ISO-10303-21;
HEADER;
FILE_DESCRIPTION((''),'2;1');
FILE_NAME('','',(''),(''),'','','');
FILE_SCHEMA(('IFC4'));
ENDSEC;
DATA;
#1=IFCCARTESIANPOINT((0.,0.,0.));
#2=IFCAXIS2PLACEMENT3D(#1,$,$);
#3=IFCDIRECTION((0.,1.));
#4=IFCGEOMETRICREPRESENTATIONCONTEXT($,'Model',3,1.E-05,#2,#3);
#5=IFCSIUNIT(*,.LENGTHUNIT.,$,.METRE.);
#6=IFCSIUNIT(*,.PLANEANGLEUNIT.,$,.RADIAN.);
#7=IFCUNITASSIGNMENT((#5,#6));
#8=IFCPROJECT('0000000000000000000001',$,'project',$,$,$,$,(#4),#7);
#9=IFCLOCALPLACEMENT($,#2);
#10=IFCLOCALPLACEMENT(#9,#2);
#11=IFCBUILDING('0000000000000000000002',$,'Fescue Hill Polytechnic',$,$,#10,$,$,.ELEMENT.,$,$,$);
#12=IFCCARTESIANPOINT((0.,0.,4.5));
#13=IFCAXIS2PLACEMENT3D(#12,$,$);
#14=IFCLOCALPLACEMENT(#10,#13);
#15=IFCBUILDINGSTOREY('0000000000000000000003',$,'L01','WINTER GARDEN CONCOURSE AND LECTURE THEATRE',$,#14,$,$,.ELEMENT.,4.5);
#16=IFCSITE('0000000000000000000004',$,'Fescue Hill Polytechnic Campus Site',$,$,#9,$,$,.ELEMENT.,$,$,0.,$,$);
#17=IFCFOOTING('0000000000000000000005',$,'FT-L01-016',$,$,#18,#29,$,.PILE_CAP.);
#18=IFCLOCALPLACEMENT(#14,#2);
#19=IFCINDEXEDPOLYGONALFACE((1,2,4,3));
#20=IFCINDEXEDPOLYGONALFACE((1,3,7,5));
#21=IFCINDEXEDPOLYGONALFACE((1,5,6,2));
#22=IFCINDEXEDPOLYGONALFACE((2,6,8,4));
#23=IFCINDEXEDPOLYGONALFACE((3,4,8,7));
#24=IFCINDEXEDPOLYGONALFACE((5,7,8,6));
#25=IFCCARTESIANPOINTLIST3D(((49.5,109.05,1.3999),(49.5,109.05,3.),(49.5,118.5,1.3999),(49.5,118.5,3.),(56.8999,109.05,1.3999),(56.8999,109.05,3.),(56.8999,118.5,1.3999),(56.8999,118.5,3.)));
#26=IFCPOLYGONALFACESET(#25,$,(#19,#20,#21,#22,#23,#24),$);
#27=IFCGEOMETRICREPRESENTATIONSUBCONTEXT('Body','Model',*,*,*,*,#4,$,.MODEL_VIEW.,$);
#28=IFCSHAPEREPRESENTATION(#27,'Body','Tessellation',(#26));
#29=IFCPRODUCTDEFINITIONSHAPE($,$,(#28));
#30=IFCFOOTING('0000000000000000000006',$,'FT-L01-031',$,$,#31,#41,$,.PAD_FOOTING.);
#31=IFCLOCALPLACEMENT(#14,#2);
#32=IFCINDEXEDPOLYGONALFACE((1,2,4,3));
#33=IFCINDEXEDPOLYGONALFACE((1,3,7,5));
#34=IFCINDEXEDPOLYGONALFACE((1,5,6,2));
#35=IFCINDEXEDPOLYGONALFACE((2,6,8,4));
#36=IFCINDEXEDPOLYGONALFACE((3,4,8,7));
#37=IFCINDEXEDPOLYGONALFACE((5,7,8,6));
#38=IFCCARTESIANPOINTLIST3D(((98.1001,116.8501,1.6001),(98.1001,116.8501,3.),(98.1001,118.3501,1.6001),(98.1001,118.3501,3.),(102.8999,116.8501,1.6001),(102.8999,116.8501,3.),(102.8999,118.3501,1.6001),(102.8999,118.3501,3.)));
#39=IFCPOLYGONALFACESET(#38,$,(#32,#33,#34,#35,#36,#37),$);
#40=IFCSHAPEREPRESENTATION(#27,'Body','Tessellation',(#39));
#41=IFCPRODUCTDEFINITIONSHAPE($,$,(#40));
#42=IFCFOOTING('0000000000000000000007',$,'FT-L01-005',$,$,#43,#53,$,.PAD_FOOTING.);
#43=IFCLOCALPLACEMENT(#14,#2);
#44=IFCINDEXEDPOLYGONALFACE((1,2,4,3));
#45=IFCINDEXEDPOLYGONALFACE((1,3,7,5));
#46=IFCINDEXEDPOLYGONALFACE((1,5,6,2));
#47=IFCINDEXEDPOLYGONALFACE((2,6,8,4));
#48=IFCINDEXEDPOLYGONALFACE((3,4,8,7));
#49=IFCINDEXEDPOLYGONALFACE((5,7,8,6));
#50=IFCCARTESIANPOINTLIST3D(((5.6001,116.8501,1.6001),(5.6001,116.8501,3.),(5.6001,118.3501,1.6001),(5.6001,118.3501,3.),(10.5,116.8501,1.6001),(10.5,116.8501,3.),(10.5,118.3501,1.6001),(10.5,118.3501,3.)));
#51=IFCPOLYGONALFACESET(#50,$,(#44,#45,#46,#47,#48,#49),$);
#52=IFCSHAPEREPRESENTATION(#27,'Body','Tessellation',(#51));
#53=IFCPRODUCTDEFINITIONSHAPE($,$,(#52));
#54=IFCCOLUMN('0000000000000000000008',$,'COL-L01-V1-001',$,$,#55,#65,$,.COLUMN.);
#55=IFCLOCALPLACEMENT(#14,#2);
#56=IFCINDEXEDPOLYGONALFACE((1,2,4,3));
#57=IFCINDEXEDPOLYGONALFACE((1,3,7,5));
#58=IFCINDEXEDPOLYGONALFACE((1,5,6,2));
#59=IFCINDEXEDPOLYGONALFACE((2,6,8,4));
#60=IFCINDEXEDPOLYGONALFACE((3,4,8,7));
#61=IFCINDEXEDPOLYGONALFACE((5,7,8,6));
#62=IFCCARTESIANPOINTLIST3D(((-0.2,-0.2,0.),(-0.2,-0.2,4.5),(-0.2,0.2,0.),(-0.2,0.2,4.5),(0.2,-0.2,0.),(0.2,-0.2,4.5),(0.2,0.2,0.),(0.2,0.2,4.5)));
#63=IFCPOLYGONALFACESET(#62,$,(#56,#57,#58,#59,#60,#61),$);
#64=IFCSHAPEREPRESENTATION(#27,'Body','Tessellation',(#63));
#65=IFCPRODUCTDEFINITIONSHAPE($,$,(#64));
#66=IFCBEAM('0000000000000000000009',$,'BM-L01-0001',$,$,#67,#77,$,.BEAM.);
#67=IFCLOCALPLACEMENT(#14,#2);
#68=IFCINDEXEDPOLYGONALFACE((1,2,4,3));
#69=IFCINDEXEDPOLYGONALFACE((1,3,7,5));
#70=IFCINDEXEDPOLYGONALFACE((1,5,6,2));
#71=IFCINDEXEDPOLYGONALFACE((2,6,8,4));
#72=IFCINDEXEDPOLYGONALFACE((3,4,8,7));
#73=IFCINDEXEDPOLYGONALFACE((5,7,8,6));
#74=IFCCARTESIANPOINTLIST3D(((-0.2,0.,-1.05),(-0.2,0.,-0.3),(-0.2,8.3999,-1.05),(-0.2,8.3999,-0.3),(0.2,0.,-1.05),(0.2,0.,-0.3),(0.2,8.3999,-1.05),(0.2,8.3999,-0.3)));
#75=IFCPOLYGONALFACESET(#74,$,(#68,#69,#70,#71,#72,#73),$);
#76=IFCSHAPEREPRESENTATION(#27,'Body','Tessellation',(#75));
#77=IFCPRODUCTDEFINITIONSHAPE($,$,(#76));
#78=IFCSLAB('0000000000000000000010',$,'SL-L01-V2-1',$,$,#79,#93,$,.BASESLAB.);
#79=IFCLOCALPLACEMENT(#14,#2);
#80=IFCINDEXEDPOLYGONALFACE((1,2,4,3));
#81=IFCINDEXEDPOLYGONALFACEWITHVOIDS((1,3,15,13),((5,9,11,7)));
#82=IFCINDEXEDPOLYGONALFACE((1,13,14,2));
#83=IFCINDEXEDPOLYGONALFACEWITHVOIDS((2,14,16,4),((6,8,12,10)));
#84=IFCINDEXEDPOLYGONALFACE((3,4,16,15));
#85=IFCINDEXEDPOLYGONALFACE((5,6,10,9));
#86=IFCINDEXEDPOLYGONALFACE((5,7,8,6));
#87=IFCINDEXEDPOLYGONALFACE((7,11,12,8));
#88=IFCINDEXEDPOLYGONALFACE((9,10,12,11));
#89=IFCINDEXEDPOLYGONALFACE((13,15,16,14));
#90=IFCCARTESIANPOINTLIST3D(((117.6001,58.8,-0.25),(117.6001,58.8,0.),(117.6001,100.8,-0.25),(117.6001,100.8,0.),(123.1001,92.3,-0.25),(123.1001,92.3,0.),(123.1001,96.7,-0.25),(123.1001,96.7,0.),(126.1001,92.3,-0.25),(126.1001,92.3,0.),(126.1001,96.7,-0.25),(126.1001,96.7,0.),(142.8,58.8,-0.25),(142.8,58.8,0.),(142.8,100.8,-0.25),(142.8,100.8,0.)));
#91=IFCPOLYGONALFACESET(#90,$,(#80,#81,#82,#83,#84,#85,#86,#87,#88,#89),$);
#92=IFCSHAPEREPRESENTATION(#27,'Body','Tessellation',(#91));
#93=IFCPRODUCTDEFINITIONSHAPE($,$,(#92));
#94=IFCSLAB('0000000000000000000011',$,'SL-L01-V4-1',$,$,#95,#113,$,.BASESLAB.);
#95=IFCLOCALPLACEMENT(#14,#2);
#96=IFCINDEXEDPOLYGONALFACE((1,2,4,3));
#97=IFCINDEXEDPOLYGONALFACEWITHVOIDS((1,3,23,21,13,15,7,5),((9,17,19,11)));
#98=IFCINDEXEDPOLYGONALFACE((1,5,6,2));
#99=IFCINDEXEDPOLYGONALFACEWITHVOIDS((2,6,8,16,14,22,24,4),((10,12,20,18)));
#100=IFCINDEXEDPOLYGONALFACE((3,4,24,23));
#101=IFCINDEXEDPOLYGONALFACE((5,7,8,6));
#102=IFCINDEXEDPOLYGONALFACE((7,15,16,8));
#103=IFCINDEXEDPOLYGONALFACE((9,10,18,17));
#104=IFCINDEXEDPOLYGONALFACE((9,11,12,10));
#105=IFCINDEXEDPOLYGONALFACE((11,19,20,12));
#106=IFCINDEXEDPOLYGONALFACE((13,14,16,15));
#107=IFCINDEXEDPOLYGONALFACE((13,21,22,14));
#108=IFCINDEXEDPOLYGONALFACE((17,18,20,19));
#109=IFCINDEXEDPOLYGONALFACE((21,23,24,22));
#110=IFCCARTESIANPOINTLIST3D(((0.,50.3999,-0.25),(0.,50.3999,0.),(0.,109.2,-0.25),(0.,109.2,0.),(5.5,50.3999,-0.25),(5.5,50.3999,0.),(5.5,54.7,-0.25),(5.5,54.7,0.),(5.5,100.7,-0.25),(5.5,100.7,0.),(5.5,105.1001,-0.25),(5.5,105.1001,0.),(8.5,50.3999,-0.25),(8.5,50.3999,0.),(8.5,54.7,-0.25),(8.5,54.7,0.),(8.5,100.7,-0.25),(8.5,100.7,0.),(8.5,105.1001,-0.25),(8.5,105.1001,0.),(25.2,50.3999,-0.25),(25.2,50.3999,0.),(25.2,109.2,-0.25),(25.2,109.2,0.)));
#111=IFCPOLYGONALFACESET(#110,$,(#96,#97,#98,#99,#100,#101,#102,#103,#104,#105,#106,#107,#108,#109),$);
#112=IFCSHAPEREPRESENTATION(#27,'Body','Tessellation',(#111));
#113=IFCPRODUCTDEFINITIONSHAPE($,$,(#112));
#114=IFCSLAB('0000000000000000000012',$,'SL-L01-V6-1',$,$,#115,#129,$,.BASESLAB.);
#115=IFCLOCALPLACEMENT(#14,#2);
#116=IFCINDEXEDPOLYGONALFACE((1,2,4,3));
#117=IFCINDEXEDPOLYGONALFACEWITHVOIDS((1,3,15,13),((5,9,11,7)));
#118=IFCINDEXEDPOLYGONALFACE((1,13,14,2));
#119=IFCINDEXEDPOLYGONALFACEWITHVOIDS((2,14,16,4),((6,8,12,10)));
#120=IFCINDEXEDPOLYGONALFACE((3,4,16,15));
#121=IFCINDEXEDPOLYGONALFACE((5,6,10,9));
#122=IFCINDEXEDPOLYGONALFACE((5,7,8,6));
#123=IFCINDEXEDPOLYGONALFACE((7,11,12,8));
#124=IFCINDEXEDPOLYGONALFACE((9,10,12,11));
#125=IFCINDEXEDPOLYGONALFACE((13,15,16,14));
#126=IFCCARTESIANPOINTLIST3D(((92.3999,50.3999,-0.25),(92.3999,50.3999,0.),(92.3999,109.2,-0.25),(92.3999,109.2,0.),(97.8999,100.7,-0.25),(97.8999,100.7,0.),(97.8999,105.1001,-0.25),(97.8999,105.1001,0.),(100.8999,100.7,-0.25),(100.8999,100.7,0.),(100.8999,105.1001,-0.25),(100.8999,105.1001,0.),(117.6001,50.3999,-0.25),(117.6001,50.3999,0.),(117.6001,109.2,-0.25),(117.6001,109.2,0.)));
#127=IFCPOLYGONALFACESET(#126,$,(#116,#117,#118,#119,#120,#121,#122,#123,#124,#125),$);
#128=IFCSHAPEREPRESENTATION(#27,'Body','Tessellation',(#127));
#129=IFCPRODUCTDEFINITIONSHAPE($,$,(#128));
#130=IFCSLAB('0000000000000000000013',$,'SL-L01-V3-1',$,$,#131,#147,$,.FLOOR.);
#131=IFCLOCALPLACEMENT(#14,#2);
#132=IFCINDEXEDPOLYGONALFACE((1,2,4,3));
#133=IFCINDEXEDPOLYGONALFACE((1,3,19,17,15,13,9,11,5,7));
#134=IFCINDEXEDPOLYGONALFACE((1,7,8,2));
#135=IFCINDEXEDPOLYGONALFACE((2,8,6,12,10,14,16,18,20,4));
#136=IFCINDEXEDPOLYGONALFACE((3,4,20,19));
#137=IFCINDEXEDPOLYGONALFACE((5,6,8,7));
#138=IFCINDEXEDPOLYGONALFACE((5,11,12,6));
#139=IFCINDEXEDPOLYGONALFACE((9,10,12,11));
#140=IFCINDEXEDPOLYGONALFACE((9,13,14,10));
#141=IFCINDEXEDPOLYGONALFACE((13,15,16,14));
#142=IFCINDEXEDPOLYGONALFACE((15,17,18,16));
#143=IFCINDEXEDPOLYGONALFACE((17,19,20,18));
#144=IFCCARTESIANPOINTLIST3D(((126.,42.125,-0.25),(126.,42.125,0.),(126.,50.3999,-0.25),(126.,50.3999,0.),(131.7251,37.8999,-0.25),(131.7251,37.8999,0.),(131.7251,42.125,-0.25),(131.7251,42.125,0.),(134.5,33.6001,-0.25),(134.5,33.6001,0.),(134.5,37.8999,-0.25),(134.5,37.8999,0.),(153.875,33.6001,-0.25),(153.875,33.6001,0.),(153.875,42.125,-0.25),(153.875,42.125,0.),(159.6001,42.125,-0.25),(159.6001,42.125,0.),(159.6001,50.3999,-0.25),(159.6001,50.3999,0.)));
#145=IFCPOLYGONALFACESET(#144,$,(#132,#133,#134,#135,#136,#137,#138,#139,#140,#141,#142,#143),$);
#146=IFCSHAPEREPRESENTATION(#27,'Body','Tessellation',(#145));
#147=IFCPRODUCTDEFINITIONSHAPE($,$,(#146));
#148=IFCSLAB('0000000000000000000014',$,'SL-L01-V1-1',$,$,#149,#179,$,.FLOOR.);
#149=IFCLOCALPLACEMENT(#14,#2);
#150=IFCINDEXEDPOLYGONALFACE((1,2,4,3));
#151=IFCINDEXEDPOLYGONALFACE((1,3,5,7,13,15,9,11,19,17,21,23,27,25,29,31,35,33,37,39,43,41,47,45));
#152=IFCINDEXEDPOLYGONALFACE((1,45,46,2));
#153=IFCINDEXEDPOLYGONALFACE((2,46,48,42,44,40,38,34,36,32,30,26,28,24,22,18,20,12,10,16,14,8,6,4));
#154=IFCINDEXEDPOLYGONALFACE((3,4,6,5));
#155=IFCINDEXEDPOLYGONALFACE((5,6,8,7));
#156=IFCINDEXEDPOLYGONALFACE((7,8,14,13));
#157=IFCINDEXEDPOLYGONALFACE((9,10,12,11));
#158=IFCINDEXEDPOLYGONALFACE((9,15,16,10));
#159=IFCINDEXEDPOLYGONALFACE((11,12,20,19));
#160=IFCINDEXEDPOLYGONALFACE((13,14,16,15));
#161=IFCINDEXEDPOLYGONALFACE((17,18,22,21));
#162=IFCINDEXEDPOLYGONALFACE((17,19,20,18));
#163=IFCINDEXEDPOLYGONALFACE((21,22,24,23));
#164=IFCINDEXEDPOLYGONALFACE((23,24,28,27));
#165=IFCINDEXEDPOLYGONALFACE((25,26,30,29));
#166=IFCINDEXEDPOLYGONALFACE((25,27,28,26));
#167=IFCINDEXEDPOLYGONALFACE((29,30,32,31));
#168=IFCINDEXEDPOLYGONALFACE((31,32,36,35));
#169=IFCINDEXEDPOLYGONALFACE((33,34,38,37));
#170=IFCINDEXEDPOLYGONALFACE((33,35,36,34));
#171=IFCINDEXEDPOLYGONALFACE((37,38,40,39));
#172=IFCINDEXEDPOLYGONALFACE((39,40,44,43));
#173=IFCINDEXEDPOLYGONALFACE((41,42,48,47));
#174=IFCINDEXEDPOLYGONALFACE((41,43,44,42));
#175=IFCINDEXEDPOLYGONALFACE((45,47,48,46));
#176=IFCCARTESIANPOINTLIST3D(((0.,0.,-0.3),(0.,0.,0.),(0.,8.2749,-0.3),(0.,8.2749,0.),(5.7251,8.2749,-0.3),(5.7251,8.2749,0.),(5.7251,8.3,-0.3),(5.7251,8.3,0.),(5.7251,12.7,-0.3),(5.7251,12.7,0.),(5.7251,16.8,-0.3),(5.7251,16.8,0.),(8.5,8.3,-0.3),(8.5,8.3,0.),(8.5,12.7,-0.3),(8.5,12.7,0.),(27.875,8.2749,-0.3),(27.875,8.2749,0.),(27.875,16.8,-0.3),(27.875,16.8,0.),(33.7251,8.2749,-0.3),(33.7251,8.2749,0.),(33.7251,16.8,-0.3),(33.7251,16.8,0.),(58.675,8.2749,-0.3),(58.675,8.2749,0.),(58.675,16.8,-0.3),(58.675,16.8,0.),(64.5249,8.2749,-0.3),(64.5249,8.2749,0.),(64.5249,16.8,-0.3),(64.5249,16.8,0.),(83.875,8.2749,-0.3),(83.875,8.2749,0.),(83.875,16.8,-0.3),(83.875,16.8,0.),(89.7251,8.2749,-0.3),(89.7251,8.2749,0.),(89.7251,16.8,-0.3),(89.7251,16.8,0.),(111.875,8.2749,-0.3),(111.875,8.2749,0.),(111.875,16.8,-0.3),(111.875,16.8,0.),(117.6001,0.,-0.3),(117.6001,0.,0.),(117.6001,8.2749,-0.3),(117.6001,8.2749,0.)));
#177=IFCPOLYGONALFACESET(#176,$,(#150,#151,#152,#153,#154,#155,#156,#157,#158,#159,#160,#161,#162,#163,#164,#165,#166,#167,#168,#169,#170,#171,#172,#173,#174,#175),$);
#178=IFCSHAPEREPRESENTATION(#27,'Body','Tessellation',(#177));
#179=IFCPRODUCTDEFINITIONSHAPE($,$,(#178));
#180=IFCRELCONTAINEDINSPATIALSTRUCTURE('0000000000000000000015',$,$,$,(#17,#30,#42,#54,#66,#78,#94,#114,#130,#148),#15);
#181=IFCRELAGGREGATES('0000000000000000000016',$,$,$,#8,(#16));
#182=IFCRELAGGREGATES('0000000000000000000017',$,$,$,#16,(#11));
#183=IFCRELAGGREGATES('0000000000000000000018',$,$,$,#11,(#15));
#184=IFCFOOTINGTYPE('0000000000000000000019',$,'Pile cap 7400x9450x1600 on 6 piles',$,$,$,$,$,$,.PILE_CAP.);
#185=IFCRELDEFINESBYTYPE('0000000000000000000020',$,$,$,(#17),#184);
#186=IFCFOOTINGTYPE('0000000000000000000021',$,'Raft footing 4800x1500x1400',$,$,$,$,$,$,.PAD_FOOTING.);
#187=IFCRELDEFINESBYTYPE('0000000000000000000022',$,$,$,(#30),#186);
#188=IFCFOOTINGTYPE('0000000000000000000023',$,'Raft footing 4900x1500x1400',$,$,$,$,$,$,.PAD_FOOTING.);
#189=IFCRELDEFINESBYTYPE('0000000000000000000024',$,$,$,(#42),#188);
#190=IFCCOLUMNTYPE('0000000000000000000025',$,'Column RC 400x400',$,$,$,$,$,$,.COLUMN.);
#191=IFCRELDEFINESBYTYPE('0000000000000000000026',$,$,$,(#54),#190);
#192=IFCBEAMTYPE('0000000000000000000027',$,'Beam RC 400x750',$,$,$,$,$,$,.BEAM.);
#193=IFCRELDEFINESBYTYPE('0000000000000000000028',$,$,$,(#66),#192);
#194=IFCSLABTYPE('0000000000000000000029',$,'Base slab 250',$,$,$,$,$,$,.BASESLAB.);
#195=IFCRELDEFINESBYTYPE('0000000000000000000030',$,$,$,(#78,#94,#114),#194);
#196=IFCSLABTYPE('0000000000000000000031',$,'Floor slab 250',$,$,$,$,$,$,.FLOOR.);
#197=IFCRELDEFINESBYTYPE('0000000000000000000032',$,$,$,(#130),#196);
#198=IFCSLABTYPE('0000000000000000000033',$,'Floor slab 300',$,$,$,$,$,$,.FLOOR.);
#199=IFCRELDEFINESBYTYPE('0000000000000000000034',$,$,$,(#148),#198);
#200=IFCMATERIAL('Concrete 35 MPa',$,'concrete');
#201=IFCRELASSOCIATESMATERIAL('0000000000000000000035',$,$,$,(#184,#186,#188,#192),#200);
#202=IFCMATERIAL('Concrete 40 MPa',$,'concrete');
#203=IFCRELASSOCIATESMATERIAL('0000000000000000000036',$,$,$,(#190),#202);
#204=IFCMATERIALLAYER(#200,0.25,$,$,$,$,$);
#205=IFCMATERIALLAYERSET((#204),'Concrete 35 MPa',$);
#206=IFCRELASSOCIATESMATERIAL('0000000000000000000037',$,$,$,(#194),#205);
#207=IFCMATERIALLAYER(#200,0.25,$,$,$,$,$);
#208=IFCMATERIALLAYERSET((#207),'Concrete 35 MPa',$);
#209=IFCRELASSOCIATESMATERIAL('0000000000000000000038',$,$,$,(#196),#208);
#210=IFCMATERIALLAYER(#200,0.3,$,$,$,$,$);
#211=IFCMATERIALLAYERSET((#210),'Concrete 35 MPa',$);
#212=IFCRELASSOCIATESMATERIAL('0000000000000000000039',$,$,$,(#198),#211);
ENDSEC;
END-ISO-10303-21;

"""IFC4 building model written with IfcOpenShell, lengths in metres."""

from ifc_helpers import new_model, si_unit, direction, frame, origin, origin_with_axes, origin_2d, place, context, subcontext, project, spatial, polyline, rectangle, outline, extrude, material, layer, layer_set, material_profile, profile_set, type_object, element, save


model = new_model("IFC4")

# Units and contexts
model_context = context("Model", 3, precision=1e-05, world=origin(), true_north=direction((0.0, 1.0)))
body_context = subcontext(model_context, "Body", "Model", "MODEL_VIEW")
ifc_project = project(units=[si_unit("LENGTHUNIT", "METRE"), si_unit("PLANEANGLEUNIT", "RADIAN")], contexts=[model_context])

# Site, building, storey
site_placement = place(None, origin())
site = spatial("IfcSite", under=ifc_project, at=site_placement, Name="Fescue Hill Polytechnic Campus Site", CompositionType="ELEMENT", RefElevation=0.0)
building_placement = place(site_placement, origin())
building = spatial("IfcBuilding", under=site, at=building_placement, Name="Fescue Hill Polytechnic", CompositionType="ELEMENT")
storey_placement = place(building_placement, frame((0.0, 0.0, 4.5)))
storey = spatial("IfcBuildingStorey", under=building, at=storey_placement, Name="L01", Description="WINTER GARDEN CONCOURSE AND LECTURE THEATRE", CompositionType="ELEMENT", Elevation=4.5)

# Footings
ifc_material_1 = material(Name="Concrete 35 MPa", Category="concrete")
footing_type_1 = type_object("IfcFootingType", Name="Pile cap 7400x9450x1600 on 6 piles", PredefinedType="PILE_CAP", material=ifc_material_1)
footing_1_placement = place(storey_placement, frame((0.0, 0.0, 1.3999)))
element("IfcFooting", 1, at=footing_1_placement, inside=storey, type_object=footing_type_1, Name="FT-L01-016", PredefinedType="PILE_CAP", context=body_context, shape_type="SweptSolid", body=[
    extrude(outline(polyline([(49.5, 118.5), (56.8999, 118.5), (56.8999, 109.05), (49.5, 109.05), (49.5, 118.5)])), origin(), (0.0, 0.0, 1.0), 1.6001),
])
footing_type_2 = type_object("IfcFootingType", Name="Raft footing 4800x1500x1400", PredefinedType="PAD_FOOTING", material=ifc_material_1)
footing_2_placement = place(storey_placement, frame((0.0, 0.0, 1.6001)))
element("IfcFooting", 2, at=footing_2_placement, inside=storey, type_object=footing_type_2, Name="FT-L01-031", PredefinedType="PAD_FOOTING", context=body_context, shape_type="SweptSolid", body=[
    extrude(outline(polyline([(102.8999, 116.8501), (102.8999, 118.3501), (98.1001, 118.3501), (98.1001, 116.8501), (102.8999, 116.8501)])), origin(), (0.0, 0.0, 1.0), 1.3999),
])
footing_type_3 = type_object("IfcFootingType", Name="Raft footing 4900x1500x1400", PredefinedType="PAD_FOOTING", material=ifc_material_1)
footing_3_placement = place(storey_placement, frame((0.0, 0.0, 1.6001)))
element("IfcFooting", 3, at=footing_3_placement, inside=storey, type_object=footing_type_3, Name="FT-L01-005", PredefinedType="PAD_FOOTING", context=body_context, shape_type="SweptSolid", body=[
    extrude(outline(polyline([(10.5, 116.8501), (10.5, 118.3501), (5.6001, 118.3501), (5.6001, 116.8501), (10.5, 116.8501)])), origin(), (0.0, 0.0, 1.0), 1.3999),
])

# Column
ifc_material_2 = material(Name="Concrete 40 MPa", Category="concrete")
ifc_material_profile_1 = material_profile(ifc_material_2, rectangle(XDim=0.3999, YDim=0.3999, at=origin_2d()), Name="RC 400x400")
ifc_profile_set_1 = profile_set([ifc_material_profile_1], Name="Concrete 40 MPa")
column_type = type_object("IfcColumnType", Name="Column RC 400x400", PredefinedType="COLUMN", material=ifc_profile_set_1)
column_placement = place(storey_placement, origin_with_axes())
element("IfcColumn", 4, at=column_placement, inside=storey, type_object=column_type, Name="COL-L01-V1-001", PredefinedType="COLUMN", context=body_context, shape_type="SweptSolid", body=[
    extrude(rectangle(XDim=0.3999, YDim=0.3999, at=origin_2d()), origin(), (0.0, 0.0, 1.0), 4.5),
])

# Beam
ifc_material_profile_2 = material_profile(ifc_material_1, rectangle(XDim=0.3999, YDim=0.75, at=origin_2d()), Name="RC 400x750")
ifc_profile_set_2 = profile_set([ifc_material_profile_2], Name="Concrete 35 MPa")
beam_type = type_object("IfcBeamType", Name="Beam RC 400x750", PredefinedType="BEAM", material=ifc_profile_set_2)
beam_placement = place(storey_placement, frame((0.0, 0.0, -0.675), z_axis=(0.0, 1.0, 0.0), x_axis=(-1.0, 0.0, 0.0)))
element("IfcBeam", 5, at=beam_placement, inside=storey, type_object=beam_type, Name="BM-L01-0001", PredefinedType="BEAM", context=body_context, shape_type="SweptSolid", body=[
    extrude(rectangle(XDim=0.3999, YDim=0.75, at=origin_2d()), origin(), (0.0, 0.0, 1.0), 8.3999),
])

# Slabs
ifc_layer_1 = layer(ifc_material_1, 0.25)
ifc_layer_set_1 = layer_set([ifc_layer_1], Name="Concrete 35 MPa")
slab_type_1 = type_object("IfcSlabType", Name="Base slab 250", PredefinedType="BASESLAB", material=ifc_layer_set_1)
slab_1_placement = place(storey_placement, frame((0.0, 0.0, -0.25)))
element("IfcSlab", 6, at=slab_1_placement, inside=storey, type_object=slab_type_1, Name="SL-L01-V2-1", PredefinedType="BASESLAB", context=body_context, shape_type="SweptSolid", body=[
    extrude(outline(polyline([(117.6001, 58.8), (117.6001, 100.8), (142.8, 100.8), (142.8, 58.8), (117.6001, 58.8)]), holes=[polyline([(126.1001, 96.7), (123.1001, 96.7), (123.1001, 92.3), (126.1001, 92.3), (126.1001, 96.7)])]), origin(), (0.0, 0.0, 1.0), 0.25),
])
slab_2_placement = place(storey_placement, frame((0.0, 0.0, -0.25)))
element("IfcSlab", 7, at=slab_2_placement, inside=storey, type_object=slab_type_1, Name="SL-L01-V4-1", PredefinedType="BASESLAB", context=body_context, shape_type="SweptSolid", body=[
    extrude(outline(polyline([(0.0, 50.3999), (0.0, 109.2), (25.2, 109.2), (25.2, 50.3999), (8.5, 50.3999), (8.5, 54.7), (5.5, 54.7), (5.5, 50.3999), (0.0, 50.3999)]), holes=[polyline([(8.5, 100.7), (8.5, 105.1001), (5.5, 105.1001), (5.5, 100.7), (8.5, 100.7)])]), origin(), (0.0, 0.0, 1.0), 0.25),
])
slab_3_placement = place(storey_placement, frame((0.0, 0.0, -0.25)))
element("IfcSlab", 8, at=slab_3_placement, inside=storey, type_object=slab_type_1, Name="SL-L01-V6-1", PredefinedType="BASESLAB", context=body_context, shape_type="SweptSolid", body=[
    extrude(outline(polyline([(92.3999, 50.3999), (92.3999, 109.2), (117.6001, 109.2), (117.6001, 50.3999), (92.3999, 50.3999)]), holes=[polyline([(100.8999, 105.1001), (97.8999, 105.1001), (97.8999, 100.7), (100.8999, 100.7), (100.8999, 105.1001)])]), origin(), (0.0, 0.0, 1.0), 0.25),
])
ifc_layer_2 = layer(ifc_material_1, 0.25)
ifc_layer_set_2 = layer_set([ifc_layer_2], Name="Concrete 35 MPa")
slab_type_2 = type_object("IfcSlabType", Name="Floor slab 250", PredefinedType="FLOOR", material=ifc_layer_set_2)
slab_4_placement = place(storey_placement, frame((0.0, 0.0, -0.25)))
element("IfcSlab", 9, at=slab_4_placement, inside=storey, type_object=slab_type_2, Name="SL-L01-V3-1", PredefinedType="FLOOR", context=body_context, shape_type="SweptSolid", body=[
    extrude(outline(polyline([(159.6001, 50.3999), (159.6001, 42.125), (153.875, 42.125), (153.875, 33.6001), (134.5, 33.6001), (134.5, 37.8999), (131.7251, 37.8999), (131.7251, 42.125), (126.0, 42.125), (126.0, 50.3999), (159.6001, 50.3999)])), origin(), (0.0, 0.0, 1.0), 0.25),
])
ifc_layer_3 = layer(ifc_material_1, 0.3)
ifc_layer_set_3 = layer_set([ifc_layer_3], Name="Concrete 35 MPa")
slab_type_3 = type_object("IfcSlabType", Name="Floor slab 300", PredefinedType="FLOOR", material=ifc_layer_set_3)
slab_5_placement = place(storey_placement, frame((0.0, 0.0, -0.3)))
element("IfcSlab", 10, at=slab_5_placement, inside=storey, type_object=slab_type_3, Name="SL-L01-V1-1", PredefinedType="FLOOR", context=body_context, shape_type="SweptSolid", body=[
    extrude(outline(polyline([(27.875, 16.8), (27.875, 8.2749), (33.7251, 8.2749), (33.7251, 16.8), (58.675, 16.8), (58.675, 8.2749), (64.5249, 8.2749), (64.5249, 16.8), (83.875, 16.8), (83.875, 8.2749), (89.7251, 8.2749), (89.7251, 16.8), (111.875, 16.8), (111.875, 8.2749), (117.6001, 8.2749), (117.6001, 0.0), (0.0, 0.0), (0.0, 8.2749), (5.7251, 8.2749), (5.7251, 8.3), (8.5, 8.3), (8.5, 12.7), (5.7251, 12.7), (5.7251, 16.8), (27.875, 16.8)])), origin(), (0.0, 0.0, 1.0), 0.3),
])

save(model, "model.ifc")
